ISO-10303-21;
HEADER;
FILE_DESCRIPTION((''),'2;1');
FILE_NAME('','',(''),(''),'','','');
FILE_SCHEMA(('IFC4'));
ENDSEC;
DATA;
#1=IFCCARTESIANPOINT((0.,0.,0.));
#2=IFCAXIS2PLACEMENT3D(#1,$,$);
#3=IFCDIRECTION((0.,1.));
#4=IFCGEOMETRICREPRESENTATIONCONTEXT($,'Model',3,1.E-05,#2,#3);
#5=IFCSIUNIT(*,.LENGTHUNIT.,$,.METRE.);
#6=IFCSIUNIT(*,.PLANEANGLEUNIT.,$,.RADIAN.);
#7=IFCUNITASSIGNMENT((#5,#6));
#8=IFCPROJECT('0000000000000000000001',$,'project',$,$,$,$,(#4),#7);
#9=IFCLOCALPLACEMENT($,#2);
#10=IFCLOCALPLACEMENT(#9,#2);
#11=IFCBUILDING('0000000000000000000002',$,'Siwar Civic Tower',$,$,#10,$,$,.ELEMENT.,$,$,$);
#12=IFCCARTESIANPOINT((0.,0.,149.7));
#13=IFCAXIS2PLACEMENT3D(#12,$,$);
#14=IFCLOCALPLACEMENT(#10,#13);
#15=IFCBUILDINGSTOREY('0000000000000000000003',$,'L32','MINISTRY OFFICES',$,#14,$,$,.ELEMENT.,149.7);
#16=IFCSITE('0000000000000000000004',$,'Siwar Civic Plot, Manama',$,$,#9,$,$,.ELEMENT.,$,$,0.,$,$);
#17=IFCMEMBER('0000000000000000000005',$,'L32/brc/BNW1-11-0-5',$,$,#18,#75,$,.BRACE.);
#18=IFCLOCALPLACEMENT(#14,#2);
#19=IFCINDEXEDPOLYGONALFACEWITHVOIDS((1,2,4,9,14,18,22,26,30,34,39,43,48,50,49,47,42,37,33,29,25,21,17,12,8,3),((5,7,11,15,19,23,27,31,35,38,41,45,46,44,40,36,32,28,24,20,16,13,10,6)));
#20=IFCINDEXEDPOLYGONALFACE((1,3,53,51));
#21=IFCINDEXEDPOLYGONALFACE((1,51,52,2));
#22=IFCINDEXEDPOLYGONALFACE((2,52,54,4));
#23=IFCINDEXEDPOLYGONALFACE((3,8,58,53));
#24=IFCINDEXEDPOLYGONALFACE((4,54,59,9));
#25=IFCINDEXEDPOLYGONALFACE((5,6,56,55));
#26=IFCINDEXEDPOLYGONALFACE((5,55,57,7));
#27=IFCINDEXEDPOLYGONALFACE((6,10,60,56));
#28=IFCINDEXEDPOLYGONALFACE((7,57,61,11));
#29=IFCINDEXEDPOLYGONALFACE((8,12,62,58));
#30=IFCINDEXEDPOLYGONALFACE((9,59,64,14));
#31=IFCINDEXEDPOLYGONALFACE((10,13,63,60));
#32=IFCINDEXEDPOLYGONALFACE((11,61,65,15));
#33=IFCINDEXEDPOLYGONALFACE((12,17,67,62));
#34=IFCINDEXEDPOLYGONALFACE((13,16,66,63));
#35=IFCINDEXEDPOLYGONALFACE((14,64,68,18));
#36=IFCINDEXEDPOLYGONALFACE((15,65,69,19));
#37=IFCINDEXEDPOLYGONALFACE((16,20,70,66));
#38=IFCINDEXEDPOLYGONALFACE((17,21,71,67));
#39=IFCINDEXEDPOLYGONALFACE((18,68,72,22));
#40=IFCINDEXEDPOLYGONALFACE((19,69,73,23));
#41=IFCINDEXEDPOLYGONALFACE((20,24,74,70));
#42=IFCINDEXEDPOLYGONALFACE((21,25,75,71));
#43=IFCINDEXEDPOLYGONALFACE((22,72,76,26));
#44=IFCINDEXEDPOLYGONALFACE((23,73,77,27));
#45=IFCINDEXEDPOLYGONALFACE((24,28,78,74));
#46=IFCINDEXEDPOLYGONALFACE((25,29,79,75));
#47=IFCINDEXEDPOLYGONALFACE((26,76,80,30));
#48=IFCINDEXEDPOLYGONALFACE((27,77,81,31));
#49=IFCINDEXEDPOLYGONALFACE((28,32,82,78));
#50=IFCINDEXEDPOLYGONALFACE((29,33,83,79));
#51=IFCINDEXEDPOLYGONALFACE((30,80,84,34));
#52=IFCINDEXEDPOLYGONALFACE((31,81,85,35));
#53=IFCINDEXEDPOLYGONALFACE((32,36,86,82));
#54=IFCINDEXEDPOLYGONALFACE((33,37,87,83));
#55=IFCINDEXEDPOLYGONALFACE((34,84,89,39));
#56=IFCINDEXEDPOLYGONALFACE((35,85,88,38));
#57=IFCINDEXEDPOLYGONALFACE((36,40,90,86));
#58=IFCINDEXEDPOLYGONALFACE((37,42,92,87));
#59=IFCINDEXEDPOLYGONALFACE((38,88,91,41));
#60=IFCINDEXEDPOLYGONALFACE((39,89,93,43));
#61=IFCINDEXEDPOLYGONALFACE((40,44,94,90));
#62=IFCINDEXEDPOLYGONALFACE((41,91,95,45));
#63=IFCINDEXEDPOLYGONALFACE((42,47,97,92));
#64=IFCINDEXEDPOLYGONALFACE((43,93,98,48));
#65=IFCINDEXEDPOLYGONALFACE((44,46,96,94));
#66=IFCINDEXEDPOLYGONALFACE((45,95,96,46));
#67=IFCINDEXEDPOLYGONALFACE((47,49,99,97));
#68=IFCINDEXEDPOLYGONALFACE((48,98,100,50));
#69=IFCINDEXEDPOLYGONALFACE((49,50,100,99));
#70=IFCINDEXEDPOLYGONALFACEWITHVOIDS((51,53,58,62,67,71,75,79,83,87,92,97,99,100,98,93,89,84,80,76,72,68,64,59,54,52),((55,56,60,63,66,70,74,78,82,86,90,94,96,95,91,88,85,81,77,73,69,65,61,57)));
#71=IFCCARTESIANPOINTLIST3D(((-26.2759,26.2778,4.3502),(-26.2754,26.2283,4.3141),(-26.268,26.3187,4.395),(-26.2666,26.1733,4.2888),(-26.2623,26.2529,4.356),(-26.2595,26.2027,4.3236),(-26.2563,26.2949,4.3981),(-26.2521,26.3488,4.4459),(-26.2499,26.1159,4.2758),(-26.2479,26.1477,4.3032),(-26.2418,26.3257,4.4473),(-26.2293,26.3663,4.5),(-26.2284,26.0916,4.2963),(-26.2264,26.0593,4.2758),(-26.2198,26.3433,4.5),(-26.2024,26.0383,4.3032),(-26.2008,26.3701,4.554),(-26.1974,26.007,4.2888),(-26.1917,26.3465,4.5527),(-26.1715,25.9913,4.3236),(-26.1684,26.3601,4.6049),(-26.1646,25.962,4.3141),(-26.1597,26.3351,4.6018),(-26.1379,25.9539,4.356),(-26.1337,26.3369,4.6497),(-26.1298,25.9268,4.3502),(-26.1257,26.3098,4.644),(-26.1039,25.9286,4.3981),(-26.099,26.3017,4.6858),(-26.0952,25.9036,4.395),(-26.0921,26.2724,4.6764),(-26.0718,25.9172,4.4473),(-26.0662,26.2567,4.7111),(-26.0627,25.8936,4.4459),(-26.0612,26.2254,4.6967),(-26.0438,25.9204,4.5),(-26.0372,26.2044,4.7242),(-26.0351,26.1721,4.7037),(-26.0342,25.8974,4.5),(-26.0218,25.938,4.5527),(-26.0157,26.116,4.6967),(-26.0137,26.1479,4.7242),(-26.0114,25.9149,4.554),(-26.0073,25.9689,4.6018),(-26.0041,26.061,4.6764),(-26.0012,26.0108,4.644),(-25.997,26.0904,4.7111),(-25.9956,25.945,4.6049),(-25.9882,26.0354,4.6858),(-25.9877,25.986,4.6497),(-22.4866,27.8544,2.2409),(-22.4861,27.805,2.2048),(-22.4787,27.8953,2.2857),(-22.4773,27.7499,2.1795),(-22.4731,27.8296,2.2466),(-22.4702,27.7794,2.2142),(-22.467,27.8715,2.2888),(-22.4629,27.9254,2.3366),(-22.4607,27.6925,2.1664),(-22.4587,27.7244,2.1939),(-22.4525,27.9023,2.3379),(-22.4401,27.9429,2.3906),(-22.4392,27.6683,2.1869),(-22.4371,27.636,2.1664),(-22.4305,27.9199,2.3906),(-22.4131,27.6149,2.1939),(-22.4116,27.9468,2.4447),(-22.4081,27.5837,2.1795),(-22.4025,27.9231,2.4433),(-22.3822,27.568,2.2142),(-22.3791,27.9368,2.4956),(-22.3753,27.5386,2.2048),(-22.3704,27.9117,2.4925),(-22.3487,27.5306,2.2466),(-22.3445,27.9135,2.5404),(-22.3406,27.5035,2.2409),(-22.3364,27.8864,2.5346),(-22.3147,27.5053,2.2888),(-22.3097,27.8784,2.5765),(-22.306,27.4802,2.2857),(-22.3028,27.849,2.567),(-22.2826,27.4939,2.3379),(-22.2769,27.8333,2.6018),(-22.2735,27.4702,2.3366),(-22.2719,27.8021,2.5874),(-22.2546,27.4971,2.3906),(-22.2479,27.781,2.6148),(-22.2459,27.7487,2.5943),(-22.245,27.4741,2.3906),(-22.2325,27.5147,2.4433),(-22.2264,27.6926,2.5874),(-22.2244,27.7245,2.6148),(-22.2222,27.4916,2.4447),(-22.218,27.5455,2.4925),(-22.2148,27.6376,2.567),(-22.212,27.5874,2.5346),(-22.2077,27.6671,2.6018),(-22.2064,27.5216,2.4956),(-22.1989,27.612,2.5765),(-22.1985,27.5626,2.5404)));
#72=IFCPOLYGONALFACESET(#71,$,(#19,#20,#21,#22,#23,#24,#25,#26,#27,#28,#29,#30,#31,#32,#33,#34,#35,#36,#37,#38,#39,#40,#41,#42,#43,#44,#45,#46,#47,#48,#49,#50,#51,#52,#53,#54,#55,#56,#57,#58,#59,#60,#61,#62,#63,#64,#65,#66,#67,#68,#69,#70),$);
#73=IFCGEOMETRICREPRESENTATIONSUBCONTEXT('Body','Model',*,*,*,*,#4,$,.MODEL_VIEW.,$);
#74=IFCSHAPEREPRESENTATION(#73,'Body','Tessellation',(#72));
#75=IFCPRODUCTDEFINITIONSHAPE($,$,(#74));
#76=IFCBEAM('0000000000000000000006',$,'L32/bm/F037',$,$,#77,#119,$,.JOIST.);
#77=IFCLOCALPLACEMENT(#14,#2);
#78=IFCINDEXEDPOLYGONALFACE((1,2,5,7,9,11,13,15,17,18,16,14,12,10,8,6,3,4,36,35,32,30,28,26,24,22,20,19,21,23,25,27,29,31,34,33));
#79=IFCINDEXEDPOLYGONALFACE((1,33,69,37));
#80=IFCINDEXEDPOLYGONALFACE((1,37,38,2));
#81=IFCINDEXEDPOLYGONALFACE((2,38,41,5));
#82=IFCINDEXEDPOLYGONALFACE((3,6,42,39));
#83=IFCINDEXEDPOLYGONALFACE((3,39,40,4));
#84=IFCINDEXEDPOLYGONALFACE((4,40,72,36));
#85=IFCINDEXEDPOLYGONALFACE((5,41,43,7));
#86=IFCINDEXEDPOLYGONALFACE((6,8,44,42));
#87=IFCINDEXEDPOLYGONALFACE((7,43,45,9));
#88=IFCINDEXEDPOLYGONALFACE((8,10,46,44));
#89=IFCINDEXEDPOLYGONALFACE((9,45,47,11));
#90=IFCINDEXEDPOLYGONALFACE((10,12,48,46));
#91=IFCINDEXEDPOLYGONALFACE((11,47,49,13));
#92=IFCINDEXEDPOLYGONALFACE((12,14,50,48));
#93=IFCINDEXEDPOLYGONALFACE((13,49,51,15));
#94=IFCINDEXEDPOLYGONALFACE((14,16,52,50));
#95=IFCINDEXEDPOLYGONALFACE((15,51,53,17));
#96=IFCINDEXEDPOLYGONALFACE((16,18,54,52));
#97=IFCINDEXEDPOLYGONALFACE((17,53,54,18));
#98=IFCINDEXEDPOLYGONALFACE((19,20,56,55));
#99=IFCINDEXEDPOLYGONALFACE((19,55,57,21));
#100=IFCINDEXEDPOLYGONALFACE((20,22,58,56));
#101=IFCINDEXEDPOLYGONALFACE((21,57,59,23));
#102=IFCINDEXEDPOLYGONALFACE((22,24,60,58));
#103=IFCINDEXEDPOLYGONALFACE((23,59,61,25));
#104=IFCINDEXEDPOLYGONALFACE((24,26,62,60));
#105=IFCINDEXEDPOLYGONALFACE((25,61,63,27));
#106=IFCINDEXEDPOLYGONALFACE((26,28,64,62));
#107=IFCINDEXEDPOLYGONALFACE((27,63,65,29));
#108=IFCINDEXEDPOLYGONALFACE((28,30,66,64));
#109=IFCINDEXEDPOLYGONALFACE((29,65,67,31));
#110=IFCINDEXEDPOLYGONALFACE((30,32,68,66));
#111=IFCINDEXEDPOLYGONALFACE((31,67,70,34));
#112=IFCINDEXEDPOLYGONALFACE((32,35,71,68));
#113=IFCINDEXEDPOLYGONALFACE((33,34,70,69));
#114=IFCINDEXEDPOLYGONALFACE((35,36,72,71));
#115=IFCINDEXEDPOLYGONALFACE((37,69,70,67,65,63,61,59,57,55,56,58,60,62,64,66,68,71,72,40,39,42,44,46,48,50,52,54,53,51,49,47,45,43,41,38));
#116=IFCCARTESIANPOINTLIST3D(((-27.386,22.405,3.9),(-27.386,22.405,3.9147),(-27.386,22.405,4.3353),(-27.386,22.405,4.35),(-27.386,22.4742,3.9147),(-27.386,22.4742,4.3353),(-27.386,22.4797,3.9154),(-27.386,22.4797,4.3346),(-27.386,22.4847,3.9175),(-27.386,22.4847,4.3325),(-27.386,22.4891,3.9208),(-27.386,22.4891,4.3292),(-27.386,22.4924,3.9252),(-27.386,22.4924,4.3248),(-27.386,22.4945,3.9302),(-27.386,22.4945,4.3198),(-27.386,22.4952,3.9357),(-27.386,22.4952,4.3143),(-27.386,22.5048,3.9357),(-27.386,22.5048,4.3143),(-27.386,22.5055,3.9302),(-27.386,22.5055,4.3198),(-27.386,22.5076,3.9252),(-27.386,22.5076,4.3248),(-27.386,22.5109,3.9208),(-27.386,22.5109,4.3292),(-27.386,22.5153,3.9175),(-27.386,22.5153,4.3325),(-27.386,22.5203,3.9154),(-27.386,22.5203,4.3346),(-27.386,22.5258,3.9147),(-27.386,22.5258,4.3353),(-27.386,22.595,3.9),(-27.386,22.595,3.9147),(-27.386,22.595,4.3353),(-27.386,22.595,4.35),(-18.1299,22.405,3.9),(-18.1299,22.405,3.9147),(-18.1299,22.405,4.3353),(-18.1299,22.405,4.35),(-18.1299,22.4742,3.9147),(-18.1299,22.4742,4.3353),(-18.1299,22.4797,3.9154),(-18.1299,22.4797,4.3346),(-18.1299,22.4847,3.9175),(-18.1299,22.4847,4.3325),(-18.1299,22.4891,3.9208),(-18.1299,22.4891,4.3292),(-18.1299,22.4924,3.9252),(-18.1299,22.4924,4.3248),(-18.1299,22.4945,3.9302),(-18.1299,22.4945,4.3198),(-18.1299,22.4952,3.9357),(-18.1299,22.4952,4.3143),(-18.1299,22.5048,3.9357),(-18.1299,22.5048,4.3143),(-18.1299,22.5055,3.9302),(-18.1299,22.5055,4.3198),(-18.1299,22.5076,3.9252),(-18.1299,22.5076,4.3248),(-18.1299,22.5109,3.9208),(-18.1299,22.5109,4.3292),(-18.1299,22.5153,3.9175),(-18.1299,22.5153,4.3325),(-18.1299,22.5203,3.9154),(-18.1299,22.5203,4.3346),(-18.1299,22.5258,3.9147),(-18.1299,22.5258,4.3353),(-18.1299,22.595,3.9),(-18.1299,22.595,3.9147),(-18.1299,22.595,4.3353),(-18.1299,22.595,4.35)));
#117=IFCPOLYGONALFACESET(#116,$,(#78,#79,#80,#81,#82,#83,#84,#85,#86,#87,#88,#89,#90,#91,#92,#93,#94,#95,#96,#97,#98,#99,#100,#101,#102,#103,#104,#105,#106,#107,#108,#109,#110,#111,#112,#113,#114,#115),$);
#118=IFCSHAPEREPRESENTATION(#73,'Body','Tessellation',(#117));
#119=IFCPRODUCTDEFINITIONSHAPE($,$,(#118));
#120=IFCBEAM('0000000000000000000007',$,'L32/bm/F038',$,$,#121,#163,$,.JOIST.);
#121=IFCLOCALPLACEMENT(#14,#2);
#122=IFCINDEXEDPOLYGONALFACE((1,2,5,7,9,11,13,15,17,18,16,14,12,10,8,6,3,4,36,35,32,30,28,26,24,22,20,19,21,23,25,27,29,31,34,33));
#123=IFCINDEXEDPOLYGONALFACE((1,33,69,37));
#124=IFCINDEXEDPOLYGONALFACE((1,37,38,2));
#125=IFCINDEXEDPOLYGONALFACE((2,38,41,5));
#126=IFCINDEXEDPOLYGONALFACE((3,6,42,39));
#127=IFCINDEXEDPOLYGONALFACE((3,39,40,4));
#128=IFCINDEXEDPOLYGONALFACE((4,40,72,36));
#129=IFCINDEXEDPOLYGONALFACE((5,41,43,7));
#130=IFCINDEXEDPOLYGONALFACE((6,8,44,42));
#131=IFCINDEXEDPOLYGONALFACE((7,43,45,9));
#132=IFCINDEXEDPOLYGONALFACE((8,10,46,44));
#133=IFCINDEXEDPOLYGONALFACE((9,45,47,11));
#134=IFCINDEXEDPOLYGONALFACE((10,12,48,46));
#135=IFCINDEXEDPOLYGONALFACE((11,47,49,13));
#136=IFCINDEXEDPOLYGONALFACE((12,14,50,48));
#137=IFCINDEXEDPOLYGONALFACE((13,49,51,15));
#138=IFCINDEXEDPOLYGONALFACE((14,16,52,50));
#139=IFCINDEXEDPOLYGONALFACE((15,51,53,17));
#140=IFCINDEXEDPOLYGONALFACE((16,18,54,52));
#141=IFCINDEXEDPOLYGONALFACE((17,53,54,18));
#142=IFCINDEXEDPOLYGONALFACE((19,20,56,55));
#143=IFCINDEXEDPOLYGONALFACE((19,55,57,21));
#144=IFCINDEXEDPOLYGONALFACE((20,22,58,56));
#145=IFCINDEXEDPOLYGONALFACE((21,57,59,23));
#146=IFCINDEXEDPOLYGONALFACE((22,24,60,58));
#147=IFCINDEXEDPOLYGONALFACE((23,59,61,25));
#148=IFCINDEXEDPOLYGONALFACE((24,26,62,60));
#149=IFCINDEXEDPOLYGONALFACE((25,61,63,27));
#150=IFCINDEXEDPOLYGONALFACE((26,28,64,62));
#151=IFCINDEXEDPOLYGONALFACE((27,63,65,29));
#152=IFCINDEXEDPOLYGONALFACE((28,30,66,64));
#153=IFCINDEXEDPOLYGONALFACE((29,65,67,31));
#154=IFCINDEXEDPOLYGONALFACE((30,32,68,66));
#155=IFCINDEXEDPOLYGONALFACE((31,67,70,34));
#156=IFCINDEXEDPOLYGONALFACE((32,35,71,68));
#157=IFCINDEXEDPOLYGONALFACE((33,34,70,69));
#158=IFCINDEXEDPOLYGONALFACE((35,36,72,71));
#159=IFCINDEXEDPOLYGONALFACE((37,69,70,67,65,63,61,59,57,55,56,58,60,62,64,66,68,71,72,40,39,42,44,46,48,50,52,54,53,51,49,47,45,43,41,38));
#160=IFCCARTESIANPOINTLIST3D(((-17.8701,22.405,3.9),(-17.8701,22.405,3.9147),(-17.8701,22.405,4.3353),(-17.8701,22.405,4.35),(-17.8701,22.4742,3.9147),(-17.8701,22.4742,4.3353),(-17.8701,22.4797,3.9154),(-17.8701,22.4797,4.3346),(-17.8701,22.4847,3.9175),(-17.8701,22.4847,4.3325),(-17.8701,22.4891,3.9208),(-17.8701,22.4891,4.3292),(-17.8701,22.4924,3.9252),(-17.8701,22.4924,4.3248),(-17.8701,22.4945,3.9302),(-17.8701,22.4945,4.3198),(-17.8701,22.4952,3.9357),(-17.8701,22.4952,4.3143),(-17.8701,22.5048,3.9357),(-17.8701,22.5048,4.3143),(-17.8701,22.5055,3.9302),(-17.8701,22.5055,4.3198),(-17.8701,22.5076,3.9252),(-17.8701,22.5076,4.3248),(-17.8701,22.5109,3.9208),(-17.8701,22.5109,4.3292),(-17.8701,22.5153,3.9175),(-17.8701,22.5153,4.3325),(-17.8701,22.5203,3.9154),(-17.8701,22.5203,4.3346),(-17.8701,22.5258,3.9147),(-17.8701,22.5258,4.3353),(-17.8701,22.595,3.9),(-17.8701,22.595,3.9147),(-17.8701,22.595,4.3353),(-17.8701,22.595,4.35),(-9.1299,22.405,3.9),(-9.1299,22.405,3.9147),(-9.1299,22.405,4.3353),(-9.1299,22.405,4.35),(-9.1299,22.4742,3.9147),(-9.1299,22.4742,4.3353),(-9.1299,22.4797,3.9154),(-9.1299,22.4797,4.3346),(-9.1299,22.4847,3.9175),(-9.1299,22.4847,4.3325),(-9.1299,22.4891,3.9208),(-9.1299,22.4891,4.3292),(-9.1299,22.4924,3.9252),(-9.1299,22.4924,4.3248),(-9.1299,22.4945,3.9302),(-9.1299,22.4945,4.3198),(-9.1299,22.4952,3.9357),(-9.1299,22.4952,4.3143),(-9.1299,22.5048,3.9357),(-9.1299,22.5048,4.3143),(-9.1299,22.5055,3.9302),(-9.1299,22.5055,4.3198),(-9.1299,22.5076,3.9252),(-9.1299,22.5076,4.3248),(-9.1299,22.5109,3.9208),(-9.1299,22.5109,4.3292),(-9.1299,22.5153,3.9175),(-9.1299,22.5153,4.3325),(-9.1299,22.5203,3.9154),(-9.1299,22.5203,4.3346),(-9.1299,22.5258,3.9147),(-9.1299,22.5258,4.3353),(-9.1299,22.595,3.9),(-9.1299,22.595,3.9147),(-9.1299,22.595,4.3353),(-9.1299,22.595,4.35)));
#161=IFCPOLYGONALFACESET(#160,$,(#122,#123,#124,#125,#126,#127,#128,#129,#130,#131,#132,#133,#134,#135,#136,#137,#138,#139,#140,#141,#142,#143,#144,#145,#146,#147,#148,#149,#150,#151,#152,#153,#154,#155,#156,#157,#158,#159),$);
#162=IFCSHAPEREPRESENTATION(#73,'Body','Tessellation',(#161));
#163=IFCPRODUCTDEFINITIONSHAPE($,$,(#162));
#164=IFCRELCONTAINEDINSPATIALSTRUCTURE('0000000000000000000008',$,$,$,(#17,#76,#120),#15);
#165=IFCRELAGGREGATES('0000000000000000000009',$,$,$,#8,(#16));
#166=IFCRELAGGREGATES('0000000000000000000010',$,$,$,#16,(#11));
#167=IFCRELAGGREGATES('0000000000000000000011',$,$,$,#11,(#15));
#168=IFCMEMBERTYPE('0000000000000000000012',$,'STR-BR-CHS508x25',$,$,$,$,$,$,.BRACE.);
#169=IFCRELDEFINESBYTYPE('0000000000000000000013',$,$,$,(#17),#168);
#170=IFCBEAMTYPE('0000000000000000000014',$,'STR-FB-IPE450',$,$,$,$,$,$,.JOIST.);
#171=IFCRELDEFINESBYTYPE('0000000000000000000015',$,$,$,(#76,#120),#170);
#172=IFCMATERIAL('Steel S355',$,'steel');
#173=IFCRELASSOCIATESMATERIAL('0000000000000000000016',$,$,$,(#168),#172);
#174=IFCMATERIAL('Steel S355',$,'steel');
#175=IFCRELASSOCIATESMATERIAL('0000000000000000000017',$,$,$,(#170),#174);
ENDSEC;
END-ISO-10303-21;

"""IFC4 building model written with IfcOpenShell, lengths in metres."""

from ifc_helpers import new_model, si_unit, direction, frame, origin, origin_2d, place, context, subcontext, project, spatial, hollow_circle, i_section, extrude, material, material_profile, profile_set, type_object, element, save


model = new_model("IFC4")

# Units and contexts
model_context = context("Model", 3, precision=1e-05, world=origin(), true_north=direction((0.0, 1.0)))
body_context = subcontext(model_context, "Body", "Model", "MODEL_VIEW")
ifc_project = project(units=[si_unit("LENGTHUNIT", "METRE"), si_unit("PLANEANGLEUNIT", "RADIAN")], contexts=[model_context])

# Site, building, storey
site_placement = place(None, origin())
site = spatial("IfcSite", under=ifc_project, at=site_placement, Name="Siwar Civic Plot, Manama", CompositionType="ELEMENT", RefElevation=0.0)
building_placement = place(site_placement, origin())
building = spatial("IfcBuilding", under=site, at=building_placement, Name="Siwar Civic Tower", CompositionType="ELEMENT")
storey_placement = place(building_placement, frame((0.0, 0.0, 149.7)))
storey = spatial("IfcBuildingStorey", under=building, at=storey_placement, Name="L32", Description="MINISTRY OFFICES", CompositionType="ELEMENT", Elevation=149.7)

# Member
ifc_material_1 = material(Name="Steel S355", Category="steel")
ifc_material_profile_1 = material_profile(ifc_material_1, hollow_circle(Radius=0.2539, WallThickness=0.0249, at=origin_2d()), Name="CHS508x25")
ifc_profile_set_1 = profile_set([ifc_material_profile_1], Name="Steel S355")
member_type_1 = type_object("IfcMemberType", Name="STR-BR-CHS508x25", PredefinedType="BRACE", material=ifc_profile_set_1)
for number, where, z_axis, x_axis, name in (
    (1, (-22.3425, 27.7085, 2.3906), (-0.821163, -0.341671, 0.457113), (0.384155, -0.923269, 0.0), "L32/brc/BNW1-11-0-5"),
):
    element("IfcMember", number, at=place(storey_placement, frame(where, z_axis=z_axis, x_axis=x_axis)), inside=storey, type_object=member_type_1, Name=name, PredefinedType="BRACE", context=body_context, shape_type="SweptSolid", body=[
        extrude(hollow_circle(Radius=0.2539, WallThickness=0.0249, at=origin_2d()), origin(), (0.0, 0.0, 1.0), 4.6145),
    ])

# Beams
ifc_material_2 = material(Name="Steel S355", Category="steel")
ifc_material_profile_2 = material_profile(ifc_material_2, i_section(OverallWidth=0.1899, OverallDepth=0.45, WebThickness=0.0095, FlangeThickness=0.0146, FilletRadius=0.021, at=origin_2d()), Name="IPE450")
ifc_profile_set_2 = profile_set([ifc_material_profile_2], Name="Steel S355")
beam_type_1 = type_object("IfcBeamType", Name="STR-FB-IPE450", PredefinedType="JOIST", material=ifc_profile_set_2)
beam_1_placement = place(storey_placement, frame((-27.386, 22.5, 4.125), z_axis=(1.0, 0.0, 0.0), x_axis=(0.0, 1.0, 0.0)))
element("IfcBeam", 2, at=beam_1_placement, inside=storey, type_object=beam_type_1, Name="L32/bm/F037", PredefinedType="JOIST", context=body_context, shape_type="SweptSolid", body=[
    extrude(i_section(OverallWidth=0.1899, OverallDepth=0.45, WebThickness=0.0095, FlangeThickness=0.0146, FilletRadius=0.021, at=origin_2d()), origin(), (0.0, 0.0, 1.0), 9.2561),
])
beam_2_placement = place(storey_placement, frame((-17.8701, 22.5, 4.125), z_axis=(1.0, 0.0, 0.0), x_axis=(0.0, 1.0, 0.0)))
element("IfcBeam", 3, at=beam_2_placement, inside=storey, type_object=beam_type_1, Name="L32/bm/F038", PredefinedType="JOIST", context=body_context, shape_type="SweptSolid", body=[
    extrude(i_section(OverallWidth=0.1899, OverallDepth=0.45, WebThickness=0.0095, FlangeThickness=0.0146, FilletRadius=0.021, at=origin_2d()), origin(), (0.0, 0.0, 1.0), 8.7402),
])

save(model, "model.ifc")
